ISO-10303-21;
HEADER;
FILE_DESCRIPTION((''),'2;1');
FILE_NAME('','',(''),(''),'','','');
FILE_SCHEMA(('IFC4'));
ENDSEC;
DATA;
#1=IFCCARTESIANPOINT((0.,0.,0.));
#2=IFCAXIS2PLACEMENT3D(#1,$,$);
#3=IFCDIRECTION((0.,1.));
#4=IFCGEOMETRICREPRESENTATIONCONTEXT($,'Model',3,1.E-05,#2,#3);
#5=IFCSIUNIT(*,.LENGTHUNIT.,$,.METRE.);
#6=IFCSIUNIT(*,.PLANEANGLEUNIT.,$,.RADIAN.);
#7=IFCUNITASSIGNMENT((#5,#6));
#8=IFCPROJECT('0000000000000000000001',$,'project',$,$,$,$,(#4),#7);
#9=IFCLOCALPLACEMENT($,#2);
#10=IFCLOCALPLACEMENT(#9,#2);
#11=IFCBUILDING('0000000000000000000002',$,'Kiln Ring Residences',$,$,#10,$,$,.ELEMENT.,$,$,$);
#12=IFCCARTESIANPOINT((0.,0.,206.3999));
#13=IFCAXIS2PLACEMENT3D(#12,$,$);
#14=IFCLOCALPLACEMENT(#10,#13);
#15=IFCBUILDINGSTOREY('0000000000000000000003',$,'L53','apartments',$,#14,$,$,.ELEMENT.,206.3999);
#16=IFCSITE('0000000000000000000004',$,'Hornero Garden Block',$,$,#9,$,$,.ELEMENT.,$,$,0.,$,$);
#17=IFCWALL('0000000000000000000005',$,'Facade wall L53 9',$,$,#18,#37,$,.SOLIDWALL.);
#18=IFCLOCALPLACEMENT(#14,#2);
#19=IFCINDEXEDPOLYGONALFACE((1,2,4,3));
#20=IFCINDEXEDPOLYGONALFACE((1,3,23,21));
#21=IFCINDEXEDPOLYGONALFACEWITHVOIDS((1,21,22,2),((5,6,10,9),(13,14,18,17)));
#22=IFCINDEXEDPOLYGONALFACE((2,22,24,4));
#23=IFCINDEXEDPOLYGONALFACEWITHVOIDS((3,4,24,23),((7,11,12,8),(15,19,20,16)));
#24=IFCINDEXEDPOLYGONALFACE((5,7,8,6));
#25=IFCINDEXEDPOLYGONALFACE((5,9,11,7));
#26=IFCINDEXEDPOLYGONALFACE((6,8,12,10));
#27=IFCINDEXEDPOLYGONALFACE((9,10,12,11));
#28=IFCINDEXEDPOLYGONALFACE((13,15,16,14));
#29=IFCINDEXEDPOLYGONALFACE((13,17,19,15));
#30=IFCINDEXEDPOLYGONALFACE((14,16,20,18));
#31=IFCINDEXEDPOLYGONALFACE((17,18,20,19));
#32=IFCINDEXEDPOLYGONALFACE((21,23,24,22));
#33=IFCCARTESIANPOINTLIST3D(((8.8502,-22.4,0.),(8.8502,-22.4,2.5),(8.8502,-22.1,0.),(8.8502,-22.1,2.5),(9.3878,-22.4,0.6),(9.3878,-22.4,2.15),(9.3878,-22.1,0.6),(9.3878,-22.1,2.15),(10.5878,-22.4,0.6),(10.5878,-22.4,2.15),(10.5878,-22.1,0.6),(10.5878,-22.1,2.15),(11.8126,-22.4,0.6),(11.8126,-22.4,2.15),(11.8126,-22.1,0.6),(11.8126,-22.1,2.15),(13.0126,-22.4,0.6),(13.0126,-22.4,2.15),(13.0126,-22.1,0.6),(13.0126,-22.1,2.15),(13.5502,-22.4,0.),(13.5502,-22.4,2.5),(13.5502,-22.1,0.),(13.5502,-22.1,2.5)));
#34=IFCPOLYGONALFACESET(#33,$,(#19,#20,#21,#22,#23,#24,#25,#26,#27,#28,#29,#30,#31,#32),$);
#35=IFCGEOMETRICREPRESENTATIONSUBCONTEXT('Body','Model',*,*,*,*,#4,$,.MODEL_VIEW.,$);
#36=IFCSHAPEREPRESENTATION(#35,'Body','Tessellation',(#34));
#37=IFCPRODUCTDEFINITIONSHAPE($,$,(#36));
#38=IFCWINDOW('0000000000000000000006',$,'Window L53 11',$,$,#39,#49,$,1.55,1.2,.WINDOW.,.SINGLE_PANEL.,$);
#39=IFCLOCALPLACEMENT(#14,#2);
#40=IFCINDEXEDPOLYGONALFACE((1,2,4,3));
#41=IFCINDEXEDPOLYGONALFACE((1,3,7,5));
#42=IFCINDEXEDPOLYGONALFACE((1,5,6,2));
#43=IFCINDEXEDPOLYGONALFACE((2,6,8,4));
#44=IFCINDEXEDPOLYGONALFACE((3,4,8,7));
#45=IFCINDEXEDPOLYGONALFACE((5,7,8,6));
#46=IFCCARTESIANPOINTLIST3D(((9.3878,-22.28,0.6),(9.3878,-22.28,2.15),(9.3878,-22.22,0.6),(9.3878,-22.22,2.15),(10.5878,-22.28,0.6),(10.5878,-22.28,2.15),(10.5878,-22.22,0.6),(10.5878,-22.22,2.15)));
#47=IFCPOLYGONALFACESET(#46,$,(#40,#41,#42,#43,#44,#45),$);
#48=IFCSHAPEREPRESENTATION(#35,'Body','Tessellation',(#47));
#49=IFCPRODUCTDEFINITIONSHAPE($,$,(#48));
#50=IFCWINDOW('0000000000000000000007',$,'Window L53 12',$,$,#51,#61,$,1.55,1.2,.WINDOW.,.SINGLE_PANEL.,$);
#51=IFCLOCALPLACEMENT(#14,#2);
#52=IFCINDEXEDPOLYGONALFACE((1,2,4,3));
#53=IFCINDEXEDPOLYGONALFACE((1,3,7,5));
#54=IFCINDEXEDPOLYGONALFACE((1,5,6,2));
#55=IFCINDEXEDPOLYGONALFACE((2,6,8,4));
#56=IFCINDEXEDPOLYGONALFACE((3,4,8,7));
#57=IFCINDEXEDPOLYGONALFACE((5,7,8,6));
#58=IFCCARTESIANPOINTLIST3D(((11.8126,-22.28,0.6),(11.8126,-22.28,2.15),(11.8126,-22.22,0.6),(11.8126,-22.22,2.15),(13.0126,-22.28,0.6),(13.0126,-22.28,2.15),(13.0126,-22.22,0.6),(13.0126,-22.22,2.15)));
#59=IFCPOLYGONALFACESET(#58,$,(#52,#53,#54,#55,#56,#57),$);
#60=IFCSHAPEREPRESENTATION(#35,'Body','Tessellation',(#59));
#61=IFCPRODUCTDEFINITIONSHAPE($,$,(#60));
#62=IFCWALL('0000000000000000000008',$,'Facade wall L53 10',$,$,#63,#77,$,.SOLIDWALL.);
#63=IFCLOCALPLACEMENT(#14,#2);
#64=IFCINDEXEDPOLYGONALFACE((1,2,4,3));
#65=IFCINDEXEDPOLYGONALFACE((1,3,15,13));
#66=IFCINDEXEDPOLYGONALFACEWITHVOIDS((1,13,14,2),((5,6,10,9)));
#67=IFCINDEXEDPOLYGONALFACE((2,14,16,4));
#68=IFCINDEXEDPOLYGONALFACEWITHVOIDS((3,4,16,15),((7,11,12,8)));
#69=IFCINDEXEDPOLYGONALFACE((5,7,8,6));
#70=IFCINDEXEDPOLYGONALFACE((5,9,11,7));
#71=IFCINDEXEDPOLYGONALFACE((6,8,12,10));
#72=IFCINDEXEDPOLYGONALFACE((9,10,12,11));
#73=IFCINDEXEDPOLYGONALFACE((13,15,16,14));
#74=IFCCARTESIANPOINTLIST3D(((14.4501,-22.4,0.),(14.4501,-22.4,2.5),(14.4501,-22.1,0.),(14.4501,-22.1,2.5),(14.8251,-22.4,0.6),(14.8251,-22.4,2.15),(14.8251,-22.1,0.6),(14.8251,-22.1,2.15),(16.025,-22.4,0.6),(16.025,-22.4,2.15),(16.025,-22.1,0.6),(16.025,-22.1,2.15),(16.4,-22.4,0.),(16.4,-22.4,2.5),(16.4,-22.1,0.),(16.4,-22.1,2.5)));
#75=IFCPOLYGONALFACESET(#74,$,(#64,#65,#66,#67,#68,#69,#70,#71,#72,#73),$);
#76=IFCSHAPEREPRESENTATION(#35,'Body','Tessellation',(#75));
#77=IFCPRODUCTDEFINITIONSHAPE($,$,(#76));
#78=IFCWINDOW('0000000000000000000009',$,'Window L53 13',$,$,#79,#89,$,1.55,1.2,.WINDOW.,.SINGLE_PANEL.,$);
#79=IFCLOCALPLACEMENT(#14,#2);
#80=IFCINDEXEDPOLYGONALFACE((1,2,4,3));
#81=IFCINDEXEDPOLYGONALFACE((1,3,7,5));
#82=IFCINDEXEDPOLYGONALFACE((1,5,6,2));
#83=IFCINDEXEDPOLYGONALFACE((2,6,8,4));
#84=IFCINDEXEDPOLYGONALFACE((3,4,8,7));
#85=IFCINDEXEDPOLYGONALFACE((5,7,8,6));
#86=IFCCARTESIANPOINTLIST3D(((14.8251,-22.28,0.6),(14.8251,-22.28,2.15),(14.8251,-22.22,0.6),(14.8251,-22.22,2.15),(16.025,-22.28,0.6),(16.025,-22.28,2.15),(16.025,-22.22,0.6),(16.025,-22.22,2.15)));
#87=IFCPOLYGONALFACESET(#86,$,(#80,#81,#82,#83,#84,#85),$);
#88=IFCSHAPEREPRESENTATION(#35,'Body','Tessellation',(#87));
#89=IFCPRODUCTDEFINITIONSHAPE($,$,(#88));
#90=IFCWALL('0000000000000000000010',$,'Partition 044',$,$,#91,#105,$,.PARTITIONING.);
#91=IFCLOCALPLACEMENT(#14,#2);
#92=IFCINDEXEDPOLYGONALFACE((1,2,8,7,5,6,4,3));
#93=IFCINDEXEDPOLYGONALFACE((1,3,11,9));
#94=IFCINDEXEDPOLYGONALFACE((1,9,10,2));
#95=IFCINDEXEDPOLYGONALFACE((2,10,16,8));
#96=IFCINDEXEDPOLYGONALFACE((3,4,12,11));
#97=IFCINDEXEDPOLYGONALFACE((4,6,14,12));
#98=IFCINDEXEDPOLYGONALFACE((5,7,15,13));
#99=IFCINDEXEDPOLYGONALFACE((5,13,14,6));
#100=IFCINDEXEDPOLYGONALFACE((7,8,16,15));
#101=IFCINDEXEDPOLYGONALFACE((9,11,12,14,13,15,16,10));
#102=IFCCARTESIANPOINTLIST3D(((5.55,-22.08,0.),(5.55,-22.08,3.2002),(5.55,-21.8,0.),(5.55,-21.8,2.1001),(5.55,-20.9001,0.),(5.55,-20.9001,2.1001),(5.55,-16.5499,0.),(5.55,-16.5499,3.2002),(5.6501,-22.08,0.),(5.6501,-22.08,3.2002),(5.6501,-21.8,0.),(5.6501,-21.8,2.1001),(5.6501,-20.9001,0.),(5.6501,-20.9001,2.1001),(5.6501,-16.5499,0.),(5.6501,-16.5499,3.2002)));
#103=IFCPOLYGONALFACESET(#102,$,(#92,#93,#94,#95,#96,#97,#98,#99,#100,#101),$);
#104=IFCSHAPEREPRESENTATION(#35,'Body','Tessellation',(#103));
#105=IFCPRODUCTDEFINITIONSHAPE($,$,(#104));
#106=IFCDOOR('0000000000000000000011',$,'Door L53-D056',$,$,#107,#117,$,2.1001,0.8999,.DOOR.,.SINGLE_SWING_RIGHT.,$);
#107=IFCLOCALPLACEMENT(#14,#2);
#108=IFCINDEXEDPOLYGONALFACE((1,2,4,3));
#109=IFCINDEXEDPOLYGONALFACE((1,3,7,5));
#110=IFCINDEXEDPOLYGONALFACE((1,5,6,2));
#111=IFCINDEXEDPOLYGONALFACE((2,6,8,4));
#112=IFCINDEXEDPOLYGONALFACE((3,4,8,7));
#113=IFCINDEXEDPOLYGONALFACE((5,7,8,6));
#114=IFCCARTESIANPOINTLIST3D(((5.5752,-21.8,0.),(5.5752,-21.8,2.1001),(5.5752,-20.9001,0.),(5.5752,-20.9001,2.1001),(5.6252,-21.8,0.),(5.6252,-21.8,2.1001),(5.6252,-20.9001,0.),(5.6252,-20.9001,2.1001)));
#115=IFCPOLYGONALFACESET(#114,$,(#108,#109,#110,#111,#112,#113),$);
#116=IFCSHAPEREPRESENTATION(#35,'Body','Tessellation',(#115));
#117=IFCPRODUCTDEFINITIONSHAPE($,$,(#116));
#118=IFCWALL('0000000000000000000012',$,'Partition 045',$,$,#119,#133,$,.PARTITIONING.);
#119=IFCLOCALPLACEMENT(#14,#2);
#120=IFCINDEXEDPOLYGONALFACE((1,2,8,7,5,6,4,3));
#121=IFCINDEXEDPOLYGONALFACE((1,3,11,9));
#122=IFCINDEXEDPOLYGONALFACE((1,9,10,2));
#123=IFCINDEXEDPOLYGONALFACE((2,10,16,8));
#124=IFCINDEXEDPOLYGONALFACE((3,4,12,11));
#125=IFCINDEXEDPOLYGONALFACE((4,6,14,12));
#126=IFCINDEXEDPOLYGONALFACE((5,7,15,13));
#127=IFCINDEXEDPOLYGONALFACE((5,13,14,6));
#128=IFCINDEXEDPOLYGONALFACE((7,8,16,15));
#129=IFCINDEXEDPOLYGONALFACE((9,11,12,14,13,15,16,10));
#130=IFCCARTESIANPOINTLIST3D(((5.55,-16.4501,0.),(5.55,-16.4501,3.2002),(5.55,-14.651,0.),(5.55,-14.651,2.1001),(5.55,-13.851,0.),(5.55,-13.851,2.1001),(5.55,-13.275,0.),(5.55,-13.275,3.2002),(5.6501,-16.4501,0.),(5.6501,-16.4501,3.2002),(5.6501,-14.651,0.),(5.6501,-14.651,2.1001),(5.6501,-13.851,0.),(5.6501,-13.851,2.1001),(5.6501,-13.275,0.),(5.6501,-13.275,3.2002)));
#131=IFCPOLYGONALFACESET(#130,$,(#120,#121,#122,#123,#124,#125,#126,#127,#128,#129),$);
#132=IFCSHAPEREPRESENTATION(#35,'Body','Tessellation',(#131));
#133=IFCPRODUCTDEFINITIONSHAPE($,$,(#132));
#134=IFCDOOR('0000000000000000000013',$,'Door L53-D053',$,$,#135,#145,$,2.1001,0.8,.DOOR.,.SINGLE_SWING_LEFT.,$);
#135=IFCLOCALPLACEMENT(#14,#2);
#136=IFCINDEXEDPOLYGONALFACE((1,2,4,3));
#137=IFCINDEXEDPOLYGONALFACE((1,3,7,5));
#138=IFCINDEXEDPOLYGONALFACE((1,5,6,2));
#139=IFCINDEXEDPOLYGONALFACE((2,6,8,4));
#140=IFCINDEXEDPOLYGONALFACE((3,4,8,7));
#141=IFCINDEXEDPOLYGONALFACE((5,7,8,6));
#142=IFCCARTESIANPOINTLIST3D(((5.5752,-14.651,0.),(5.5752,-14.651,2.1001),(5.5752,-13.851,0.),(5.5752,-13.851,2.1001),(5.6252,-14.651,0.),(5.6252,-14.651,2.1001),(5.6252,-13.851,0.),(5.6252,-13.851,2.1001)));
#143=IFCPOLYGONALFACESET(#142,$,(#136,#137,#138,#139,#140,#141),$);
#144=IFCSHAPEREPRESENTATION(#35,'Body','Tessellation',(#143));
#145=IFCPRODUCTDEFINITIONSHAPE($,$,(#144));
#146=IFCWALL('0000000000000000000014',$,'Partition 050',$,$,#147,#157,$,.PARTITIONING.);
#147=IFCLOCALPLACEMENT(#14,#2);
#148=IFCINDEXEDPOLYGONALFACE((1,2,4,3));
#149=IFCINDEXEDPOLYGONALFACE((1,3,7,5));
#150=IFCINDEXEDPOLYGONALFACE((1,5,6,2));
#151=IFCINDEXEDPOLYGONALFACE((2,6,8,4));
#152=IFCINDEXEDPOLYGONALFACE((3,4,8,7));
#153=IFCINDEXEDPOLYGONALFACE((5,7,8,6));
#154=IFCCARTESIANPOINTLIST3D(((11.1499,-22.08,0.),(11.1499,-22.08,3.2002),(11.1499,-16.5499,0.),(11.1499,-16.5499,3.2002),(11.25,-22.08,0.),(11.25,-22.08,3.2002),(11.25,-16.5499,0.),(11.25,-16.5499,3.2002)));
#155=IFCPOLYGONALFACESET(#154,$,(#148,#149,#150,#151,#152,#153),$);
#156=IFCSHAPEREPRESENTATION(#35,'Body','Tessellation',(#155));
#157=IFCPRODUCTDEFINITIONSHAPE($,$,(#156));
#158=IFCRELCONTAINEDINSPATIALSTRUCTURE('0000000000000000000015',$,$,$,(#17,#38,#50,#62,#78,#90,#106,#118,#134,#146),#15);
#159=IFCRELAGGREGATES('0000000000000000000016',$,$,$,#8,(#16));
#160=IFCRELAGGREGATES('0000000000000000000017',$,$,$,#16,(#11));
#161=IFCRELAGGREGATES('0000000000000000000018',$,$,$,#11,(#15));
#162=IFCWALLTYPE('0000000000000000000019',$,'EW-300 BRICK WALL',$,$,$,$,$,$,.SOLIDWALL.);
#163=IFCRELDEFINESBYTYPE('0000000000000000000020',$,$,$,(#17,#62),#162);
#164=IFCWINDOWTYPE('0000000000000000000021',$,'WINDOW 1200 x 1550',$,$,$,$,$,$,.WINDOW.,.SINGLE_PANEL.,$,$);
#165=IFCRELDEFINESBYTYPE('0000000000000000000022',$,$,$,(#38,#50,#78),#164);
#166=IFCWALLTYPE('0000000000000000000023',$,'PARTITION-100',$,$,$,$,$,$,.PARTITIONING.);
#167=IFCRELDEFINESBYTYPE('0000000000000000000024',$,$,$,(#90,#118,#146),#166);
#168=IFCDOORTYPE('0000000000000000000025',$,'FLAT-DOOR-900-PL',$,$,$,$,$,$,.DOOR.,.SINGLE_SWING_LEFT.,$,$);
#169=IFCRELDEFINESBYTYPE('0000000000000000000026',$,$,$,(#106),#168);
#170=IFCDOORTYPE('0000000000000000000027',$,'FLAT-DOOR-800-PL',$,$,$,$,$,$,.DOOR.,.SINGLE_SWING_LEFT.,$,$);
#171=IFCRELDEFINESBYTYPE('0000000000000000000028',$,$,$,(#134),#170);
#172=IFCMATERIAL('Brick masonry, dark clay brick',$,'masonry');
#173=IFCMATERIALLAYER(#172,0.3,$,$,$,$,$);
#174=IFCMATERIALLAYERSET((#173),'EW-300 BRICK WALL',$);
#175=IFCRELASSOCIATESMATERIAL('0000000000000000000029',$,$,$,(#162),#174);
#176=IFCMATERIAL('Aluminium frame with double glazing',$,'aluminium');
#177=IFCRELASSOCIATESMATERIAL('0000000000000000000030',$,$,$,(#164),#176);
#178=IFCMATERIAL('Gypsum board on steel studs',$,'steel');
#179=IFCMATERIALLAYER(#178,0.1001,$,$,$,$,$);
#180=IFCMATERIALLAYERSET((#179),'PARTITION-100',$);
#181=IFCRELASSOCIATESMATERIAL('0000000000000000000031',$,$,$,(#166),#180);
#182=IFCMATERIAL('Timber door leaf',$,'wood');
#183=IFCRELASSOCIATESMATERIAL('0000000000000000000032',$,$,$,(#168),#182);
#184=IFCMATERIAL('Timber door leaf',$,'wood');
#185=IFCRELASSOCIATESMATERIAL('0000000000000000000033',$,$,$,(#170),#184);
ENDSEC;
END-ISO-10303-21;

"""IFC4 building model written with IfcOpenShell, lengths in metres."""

from ifc_helpers import new_model, si_unit, direction, frame, frame_2d, origin, place, context, subcontext, project, spatial, rectangle, extrude, material, layer, layer_set, type_object, element, fill, save


model = new_model("IFC4")

# Units and contexts
model_context = context("Model", 3, precision=1e-05, world=origin(), true_north=direction((0.0, 1.0)))
body_context = subcontext(model_context, "Body", "Model", "MODEL_VIEW")
ifc_project = project(units=[si_unit("LENGTHUNIT", "METRE"), si_unit("PLANEANGLEUNIT", "RADIAN")], contexts=[model_context])

# Site, building, storey
site_placement = place(None, origin())
site = spatial("IfcSite", under=ifc_project, at=site_placement, Name="Hornero Garden Block", CompositionType="ELEMENT", RefElevation=0.0)
building_placement = place(site_placement, origin())
building = spatial("IfcBuilding", under=site, at=building_placement, Name="Kiln Ring Residences", CompositionType="ELEMENT")
storey_placement = place(building_placement, frame((0.0, 0.0, 206.3999)))
storey = spatial("IfcBuildingStorey", under=building, at=storey_placement, Name="L53", Description="apartments", CompositionType="ELEMENT", Elevation=206.3999)

# Wall, openings, windows
ifc_material_1 = material(Name="Brick masonry, dark clay brick", Category="masonry")
ifc_layer_1 = layer(ifc_material_1, 0.3)
ifc_layer_set_1 = layer_set([ifc_layer_1], Name="EW-300 BRICK WALL")
wall_type_1 = type_object("IfcWallType", Name="EW-300 BRICK WALL", PredefinedType="SOLIDWALL", material=ifc_layer_set_1)
ifc_material_2 = material(Name="Aluminium frame with double glazing", Category="aluminium")
window_type = type_object("IfcWindowType", Name="WINDOW 1200 x 1550", PartitioningType="SINGLE_PANEL", PredefinedType="WINDOW", material=ifc_material_2)
wall_1_placement = place(storey_placement, frame((8.8501, -22.25, 0.0), z_axis=(0.0, 0.0, 1.0), x_axis=(1.0, 0.0, 0.0)))
wall_1 = element("IfcWall", 1, at=wall_1_placement, inside=storey, type_object=wall_type_1, Name="Facade wall L53 9", PredefinedType="SOLIDWALL", context=body_context, shape_type="SweptSolid", body=[
    extrude(rectangle(XDim=4.7, YDim=0.3, at=frame_2d((2.3501, 0.0))), origin(), (0.0, 0.0, 1.0), 2.5),
])
opening_1_placement = place(wall_1_placement, frame((0.5376, 0.0, 0.6001)))
opening_1 = element("IfcOpeningElement", 2, at=opening_1_placement, cuts=wall_1, PredefinedType="OPENING", context=body_context, shape_type="SweptSolid", body=[
    extrude(rectangle(XDim=1.2, YDim=1.55, at=frame_2d((0.6001, 0.7749))), frame((0.0, 0.1599, 0.0), z_axis=(0.0, -1.0, 0.0), x_axis=(1.0, 0.0, 0.0)), (0.0, 0.0, 1.0), 0.3201),
])
opening_2_placement = place(wall_1_placement, frame((2.9624, 0.0, 0.6001)))
opening_2 = element("IfcOpeningElement", 3, at=opening_2_placement, cuts=wall_1, PredefinedType="OPENING", context=body_context, shape_type="SweptSolid", body=[
    extrude(rectangle(XDim=1.2, YDim=1.55, at=frame_2d((0.6001, 0.7749))), frame((0.0, 0.1599, 0.0), z_axis=(0.0, -1.0, 0.0), x_axis=(1.0, 0.0, 0.0)), (0.0, 0.0, 1.0), 0.3201),
])
window_1_placement = place(opening_1_placement, origin())
window_1 = element("IfcWindow", 4, at=window_1_placement, inside=storey, type_object=window_type, Name="Window L53 11", OverallHeight=1.55, OverallWidth=1.2, PartitioningType="SINGLE_PANEL", PredefinedType="WINDOW", context=body_context, shape_type="SweptSolid", body=[
    extrude(rectangle(XDim=1.2, YDim=1.55, at=frame_2d((0.6001, 0.7749))), frame((0.0, 0.03, 0.0), z_axis=(0.0, -1.0, 0.0), x_axis=(1.0, 0.0, 0.0)), (0.0, 0.0, 1.0), 0.0601),
])
fill(opening_1, window_1)
window_2_placement = place(opening_2_placement, origin())
window_2 = element("IfcWindow", 5, at=window_2_placement, inside=storey, type_object=window_type, Name="Window L53 12", OverallHeight=1.55, OverallWidth=1.2, PartitioningType="SINGLE_PANEL", PredefinedType="WINDOW", context=body_context, shape_type="SweptSolid", body=[
    extrude(rectangle(XDim=1.2, YDim=1.55, at=frame_2d((0.6001, 0.7749))), frame((0.0, 0.03, 0.0), z_axis=(0.0, -1.0, 0.0), x_axis=(1.0, 0.0, 0.0)), (0.0, 0.0, 1.0), 0.0601),
])
fill(opening_2, window_2)

# Wall, opening, window
wall_2_placement = place(storey_placement, frame((14.45, -22.25, 0.0), z_axis=(0.0, 0.0, 1.0), x_axis=(1.0, 0.0, 0.0)))
wall_2 = element("IfcWall", 6, at=wall_2_placement, inside=storey, type_object=wall_type_1, Name="Facade wall L53 10", PredefinedType="SOLIDWALL", context=body_context, shape_type="SweptSolid", body=[
    extrude(rectangle(XDim=1.95, YDim=0.3, at=frame_2d((0.9751, 0.0))), origin(), (0.0, 0.0, 1.0), 2.5),
])
opening_3_placement = place(wall_2_placement, frame((0.375, 0.0, 0.6001)))
opening_3 = element("IfcOpeningElement", 7, at=opening_3_placement, cuts=wall_2, PredefinedType="OPENING", context=body_context, shape_type="SweptSolid", body=[
    extrude(rectangle(XDim=1.2, YDim=1.55, at=frame_2d((0.6001, 0.7749))), frame((0.0, 0.1599, 0.0), z_axis=(0.0, -1.0, 0.0), x_axis=(1.0, 0.0, 0.0)), (0.0, 0.0, 1.0), 0.3201),
])
window_3_placement = place(opening_3_placement, origin())
window_3 = element("IfcWindow", 8, at=window_3_placement, inside=storey, type_object=window_type, Name="Window L53 13", OverallHeight=1.55, OverallWidth=1.2, PartitioningType="SINGLE_PANEL", PredefinedType="WINDOW", context=body_context, shape_type="SweptSolid", body=[
    extrude(rectangle(XDim=1.2, YDim=1.55, at=frame_2d((0.6001, 0.7749))), frame((0.0, 0.03, 0.0), z_axis=(0.0, -1.0, 0.0), x_axis=(1.0, 0.0, 0.0)), (0.0, 0.0, 1.0), 0.0601),
])
fill(opening_3, window_3)

# Walls, openings, doors
ifc_material_3 = material(Name="Gypsum board on steel studs", Category="steel")
ifc_layer_2 = layer(ifc_material_3, 0.1001)
ifc_layer_set_2 = layer_set([ifc_layer_2], Name="PARTITION-100")
wall_type_2 = type_object("IfcWallType", Name="PARTITION-100", PredefinedType="PARTITIONING", material=ifc_layer_set_2)
wall_3_placement = place(storey_placement, frame((5.6001, -22.0801, 0.0), z_axis=(0.0, 0.0, 1.0), x_axis=(0.0, 1.0, 0.0)))
wall_3 = element("IfcWall", 9, at=wall_3_placement, inside=storey, type_object=wall_type_2, Name="Partition 044", PredefinedType="PARTITIONING", context=body_context, shape_type="SweptSolid", body=[
    extrude(rectangle(XDim=5.53, YDim=0.1001, at=frame_2d((2.7651, 0.0))), origin(), (0.0, 0.0, 1.0), 3.2002),
])
opening_4_placement = place(wall_3_placement, frame((0.28, 0.0, 0.0)))
opening_4 = element("IfcOpeningElement", 10, at=opening_4_placement, cuts=wall_3, PredefinedType="OPENING", context=body_context, shape_type="SweptSolid", body=[
    extrude(rectangle(XDim=0.8999, YDim=2.1001, at=frame_2d((0.45, 1.05))), frame((0.0, 0.0601, 0.0), z_axis=(0.0, -1.0, 0.0), x_axis=(1.0, 0.0, 0.0)), (0.0, 0.0, 1.0), 0.1201),
])
ifc_material_4 = material(Name="Timber door leaf", Category="wood")
door_type_1 = type_object("IfcDoorType", Name="FLAT-DOOR-900-PL", OperationType="SINGLE_SWING_LEFT", PredefinedType="DOOR", material=ifc_material_4)
door_1_placement = place(opening_4_placement, origin())
door_1 = element("IfcDoor", 11, at=door_1_placement, inside=storey, type_object=door_type_1, Name="Door L53-D056", OperationType="SINGLE_SWING_RIGHT", OverallHeight=2.1001, OverallWidth=0.8999, PredefinedType="DOOR", context=body_context, shape_type="SweptSolid", body=[
    extrude(rectangle(XDim=0.8999, YDim=2.1001, at=frame_2d((0.45, 1.05))), frame((0.0, 0.0249, 0.0), z_axis=(0.0, -1.0, 0.0), x_axis=(1.0, 0.0, 0.0)), (0.0, 0.0, 1.0), 0.05),
])
fill(opening_4, door_1)
wall_4_placement = place(storey_placement, frame((5.6001, -16.45, 0.0), z_axis=(0.0, 0.0, 1.0), x_axis=(0.0, 1.0, 0.0)))
wall_4 = element("IfcWall", 12, at=wall_4_placement, inside=storey, type_object=wall_type_2, Name="Partition 045", PredefinedType="PARTITIONING", context=body_context, shape_type="SweptSolid", body=[
    extrude(rectangle(XDim=3.175, YDim=0.1001, at=frame_2d((1.5874, 0.0))), origin(), (0.0, 0.0, 1.0), 3.2002),
])
opening_5_placement = place(wall_4_placement, frame((1.7991, 0.0, 0.0)))
opening_5 = element("IfcOpeningElement", 13, at=opening_5_placement, cuts=wall_4, PredefinedType="OPENING", context=body_context, shape_type="SweptSolid", body=[
    extrude(rectangle(XDim=0.8, YDim=2.1001, at=frame_2d((0.3999, 1.05))), frame((0.0, 0.0601, 0.0), z_axis=(0.0, -1.0, 0.0), x_axis=(1.0, 0.0, 0.0)), (0.0, 0.0, 1.0), 0.1201),
])
ifc_material_5 = material(Name="Timber door leaf", Category="wood")
door_type_2 = type_object("IfcDoorType", Name="FLAT-DOOR-800-PL", OperationType="SINGLE_SWING_LEFT", PredefinedType="DOOR", material=ifc_material_5)
door_2_placement = place(opening_5_placement, origin())
door_2 = element("IfcDoor", 14, at=door_2_placement, inside=storey, type_object=door_type_2, Name="Door L53-D053", OperationType="SINGLE_SWING_LEFT", OverallHeight=2.1001, OverallWidth=0.8, PredefinedType="DOOR", context=body_context, shape_type="SweptSolid", body=[
    extrude(rectangle(XDim=0.8, YDim=2.1001, at=frame_2d((0.3999, 1.05))), frame((0.0, 0.0249, 0.0), z_axis=(0.0, -1.0, 0.0), x_axis=(1.0, 0.0, 0.0)), (0.0, 0.0, 1.0), 0.05),
])
fill(opening_5, door_2)

# Wall
wall_5_placement = place(storey_placement, frame((11.2, -22.0801, 0.0), z_axis=(0.0, 0.0, 1.0), x_axis=(0.0, 1.0, 0.0)))
element("IfcWall", 15, at=wall_5_placement, inside=storey, type_object=wall_type_2, Name="Partition 050", PredefinedType="PARTITIONING", context=body_context, shape_type="SweptSolid", body=[
    extrude(rectangle(XDim=5.53, YDim=0.1001, at=frame_2d((2.7651, 0.0))), origin(), (0.0, 0.0, 1.0), 3.2002),
])

save(model, "model.ifc")
